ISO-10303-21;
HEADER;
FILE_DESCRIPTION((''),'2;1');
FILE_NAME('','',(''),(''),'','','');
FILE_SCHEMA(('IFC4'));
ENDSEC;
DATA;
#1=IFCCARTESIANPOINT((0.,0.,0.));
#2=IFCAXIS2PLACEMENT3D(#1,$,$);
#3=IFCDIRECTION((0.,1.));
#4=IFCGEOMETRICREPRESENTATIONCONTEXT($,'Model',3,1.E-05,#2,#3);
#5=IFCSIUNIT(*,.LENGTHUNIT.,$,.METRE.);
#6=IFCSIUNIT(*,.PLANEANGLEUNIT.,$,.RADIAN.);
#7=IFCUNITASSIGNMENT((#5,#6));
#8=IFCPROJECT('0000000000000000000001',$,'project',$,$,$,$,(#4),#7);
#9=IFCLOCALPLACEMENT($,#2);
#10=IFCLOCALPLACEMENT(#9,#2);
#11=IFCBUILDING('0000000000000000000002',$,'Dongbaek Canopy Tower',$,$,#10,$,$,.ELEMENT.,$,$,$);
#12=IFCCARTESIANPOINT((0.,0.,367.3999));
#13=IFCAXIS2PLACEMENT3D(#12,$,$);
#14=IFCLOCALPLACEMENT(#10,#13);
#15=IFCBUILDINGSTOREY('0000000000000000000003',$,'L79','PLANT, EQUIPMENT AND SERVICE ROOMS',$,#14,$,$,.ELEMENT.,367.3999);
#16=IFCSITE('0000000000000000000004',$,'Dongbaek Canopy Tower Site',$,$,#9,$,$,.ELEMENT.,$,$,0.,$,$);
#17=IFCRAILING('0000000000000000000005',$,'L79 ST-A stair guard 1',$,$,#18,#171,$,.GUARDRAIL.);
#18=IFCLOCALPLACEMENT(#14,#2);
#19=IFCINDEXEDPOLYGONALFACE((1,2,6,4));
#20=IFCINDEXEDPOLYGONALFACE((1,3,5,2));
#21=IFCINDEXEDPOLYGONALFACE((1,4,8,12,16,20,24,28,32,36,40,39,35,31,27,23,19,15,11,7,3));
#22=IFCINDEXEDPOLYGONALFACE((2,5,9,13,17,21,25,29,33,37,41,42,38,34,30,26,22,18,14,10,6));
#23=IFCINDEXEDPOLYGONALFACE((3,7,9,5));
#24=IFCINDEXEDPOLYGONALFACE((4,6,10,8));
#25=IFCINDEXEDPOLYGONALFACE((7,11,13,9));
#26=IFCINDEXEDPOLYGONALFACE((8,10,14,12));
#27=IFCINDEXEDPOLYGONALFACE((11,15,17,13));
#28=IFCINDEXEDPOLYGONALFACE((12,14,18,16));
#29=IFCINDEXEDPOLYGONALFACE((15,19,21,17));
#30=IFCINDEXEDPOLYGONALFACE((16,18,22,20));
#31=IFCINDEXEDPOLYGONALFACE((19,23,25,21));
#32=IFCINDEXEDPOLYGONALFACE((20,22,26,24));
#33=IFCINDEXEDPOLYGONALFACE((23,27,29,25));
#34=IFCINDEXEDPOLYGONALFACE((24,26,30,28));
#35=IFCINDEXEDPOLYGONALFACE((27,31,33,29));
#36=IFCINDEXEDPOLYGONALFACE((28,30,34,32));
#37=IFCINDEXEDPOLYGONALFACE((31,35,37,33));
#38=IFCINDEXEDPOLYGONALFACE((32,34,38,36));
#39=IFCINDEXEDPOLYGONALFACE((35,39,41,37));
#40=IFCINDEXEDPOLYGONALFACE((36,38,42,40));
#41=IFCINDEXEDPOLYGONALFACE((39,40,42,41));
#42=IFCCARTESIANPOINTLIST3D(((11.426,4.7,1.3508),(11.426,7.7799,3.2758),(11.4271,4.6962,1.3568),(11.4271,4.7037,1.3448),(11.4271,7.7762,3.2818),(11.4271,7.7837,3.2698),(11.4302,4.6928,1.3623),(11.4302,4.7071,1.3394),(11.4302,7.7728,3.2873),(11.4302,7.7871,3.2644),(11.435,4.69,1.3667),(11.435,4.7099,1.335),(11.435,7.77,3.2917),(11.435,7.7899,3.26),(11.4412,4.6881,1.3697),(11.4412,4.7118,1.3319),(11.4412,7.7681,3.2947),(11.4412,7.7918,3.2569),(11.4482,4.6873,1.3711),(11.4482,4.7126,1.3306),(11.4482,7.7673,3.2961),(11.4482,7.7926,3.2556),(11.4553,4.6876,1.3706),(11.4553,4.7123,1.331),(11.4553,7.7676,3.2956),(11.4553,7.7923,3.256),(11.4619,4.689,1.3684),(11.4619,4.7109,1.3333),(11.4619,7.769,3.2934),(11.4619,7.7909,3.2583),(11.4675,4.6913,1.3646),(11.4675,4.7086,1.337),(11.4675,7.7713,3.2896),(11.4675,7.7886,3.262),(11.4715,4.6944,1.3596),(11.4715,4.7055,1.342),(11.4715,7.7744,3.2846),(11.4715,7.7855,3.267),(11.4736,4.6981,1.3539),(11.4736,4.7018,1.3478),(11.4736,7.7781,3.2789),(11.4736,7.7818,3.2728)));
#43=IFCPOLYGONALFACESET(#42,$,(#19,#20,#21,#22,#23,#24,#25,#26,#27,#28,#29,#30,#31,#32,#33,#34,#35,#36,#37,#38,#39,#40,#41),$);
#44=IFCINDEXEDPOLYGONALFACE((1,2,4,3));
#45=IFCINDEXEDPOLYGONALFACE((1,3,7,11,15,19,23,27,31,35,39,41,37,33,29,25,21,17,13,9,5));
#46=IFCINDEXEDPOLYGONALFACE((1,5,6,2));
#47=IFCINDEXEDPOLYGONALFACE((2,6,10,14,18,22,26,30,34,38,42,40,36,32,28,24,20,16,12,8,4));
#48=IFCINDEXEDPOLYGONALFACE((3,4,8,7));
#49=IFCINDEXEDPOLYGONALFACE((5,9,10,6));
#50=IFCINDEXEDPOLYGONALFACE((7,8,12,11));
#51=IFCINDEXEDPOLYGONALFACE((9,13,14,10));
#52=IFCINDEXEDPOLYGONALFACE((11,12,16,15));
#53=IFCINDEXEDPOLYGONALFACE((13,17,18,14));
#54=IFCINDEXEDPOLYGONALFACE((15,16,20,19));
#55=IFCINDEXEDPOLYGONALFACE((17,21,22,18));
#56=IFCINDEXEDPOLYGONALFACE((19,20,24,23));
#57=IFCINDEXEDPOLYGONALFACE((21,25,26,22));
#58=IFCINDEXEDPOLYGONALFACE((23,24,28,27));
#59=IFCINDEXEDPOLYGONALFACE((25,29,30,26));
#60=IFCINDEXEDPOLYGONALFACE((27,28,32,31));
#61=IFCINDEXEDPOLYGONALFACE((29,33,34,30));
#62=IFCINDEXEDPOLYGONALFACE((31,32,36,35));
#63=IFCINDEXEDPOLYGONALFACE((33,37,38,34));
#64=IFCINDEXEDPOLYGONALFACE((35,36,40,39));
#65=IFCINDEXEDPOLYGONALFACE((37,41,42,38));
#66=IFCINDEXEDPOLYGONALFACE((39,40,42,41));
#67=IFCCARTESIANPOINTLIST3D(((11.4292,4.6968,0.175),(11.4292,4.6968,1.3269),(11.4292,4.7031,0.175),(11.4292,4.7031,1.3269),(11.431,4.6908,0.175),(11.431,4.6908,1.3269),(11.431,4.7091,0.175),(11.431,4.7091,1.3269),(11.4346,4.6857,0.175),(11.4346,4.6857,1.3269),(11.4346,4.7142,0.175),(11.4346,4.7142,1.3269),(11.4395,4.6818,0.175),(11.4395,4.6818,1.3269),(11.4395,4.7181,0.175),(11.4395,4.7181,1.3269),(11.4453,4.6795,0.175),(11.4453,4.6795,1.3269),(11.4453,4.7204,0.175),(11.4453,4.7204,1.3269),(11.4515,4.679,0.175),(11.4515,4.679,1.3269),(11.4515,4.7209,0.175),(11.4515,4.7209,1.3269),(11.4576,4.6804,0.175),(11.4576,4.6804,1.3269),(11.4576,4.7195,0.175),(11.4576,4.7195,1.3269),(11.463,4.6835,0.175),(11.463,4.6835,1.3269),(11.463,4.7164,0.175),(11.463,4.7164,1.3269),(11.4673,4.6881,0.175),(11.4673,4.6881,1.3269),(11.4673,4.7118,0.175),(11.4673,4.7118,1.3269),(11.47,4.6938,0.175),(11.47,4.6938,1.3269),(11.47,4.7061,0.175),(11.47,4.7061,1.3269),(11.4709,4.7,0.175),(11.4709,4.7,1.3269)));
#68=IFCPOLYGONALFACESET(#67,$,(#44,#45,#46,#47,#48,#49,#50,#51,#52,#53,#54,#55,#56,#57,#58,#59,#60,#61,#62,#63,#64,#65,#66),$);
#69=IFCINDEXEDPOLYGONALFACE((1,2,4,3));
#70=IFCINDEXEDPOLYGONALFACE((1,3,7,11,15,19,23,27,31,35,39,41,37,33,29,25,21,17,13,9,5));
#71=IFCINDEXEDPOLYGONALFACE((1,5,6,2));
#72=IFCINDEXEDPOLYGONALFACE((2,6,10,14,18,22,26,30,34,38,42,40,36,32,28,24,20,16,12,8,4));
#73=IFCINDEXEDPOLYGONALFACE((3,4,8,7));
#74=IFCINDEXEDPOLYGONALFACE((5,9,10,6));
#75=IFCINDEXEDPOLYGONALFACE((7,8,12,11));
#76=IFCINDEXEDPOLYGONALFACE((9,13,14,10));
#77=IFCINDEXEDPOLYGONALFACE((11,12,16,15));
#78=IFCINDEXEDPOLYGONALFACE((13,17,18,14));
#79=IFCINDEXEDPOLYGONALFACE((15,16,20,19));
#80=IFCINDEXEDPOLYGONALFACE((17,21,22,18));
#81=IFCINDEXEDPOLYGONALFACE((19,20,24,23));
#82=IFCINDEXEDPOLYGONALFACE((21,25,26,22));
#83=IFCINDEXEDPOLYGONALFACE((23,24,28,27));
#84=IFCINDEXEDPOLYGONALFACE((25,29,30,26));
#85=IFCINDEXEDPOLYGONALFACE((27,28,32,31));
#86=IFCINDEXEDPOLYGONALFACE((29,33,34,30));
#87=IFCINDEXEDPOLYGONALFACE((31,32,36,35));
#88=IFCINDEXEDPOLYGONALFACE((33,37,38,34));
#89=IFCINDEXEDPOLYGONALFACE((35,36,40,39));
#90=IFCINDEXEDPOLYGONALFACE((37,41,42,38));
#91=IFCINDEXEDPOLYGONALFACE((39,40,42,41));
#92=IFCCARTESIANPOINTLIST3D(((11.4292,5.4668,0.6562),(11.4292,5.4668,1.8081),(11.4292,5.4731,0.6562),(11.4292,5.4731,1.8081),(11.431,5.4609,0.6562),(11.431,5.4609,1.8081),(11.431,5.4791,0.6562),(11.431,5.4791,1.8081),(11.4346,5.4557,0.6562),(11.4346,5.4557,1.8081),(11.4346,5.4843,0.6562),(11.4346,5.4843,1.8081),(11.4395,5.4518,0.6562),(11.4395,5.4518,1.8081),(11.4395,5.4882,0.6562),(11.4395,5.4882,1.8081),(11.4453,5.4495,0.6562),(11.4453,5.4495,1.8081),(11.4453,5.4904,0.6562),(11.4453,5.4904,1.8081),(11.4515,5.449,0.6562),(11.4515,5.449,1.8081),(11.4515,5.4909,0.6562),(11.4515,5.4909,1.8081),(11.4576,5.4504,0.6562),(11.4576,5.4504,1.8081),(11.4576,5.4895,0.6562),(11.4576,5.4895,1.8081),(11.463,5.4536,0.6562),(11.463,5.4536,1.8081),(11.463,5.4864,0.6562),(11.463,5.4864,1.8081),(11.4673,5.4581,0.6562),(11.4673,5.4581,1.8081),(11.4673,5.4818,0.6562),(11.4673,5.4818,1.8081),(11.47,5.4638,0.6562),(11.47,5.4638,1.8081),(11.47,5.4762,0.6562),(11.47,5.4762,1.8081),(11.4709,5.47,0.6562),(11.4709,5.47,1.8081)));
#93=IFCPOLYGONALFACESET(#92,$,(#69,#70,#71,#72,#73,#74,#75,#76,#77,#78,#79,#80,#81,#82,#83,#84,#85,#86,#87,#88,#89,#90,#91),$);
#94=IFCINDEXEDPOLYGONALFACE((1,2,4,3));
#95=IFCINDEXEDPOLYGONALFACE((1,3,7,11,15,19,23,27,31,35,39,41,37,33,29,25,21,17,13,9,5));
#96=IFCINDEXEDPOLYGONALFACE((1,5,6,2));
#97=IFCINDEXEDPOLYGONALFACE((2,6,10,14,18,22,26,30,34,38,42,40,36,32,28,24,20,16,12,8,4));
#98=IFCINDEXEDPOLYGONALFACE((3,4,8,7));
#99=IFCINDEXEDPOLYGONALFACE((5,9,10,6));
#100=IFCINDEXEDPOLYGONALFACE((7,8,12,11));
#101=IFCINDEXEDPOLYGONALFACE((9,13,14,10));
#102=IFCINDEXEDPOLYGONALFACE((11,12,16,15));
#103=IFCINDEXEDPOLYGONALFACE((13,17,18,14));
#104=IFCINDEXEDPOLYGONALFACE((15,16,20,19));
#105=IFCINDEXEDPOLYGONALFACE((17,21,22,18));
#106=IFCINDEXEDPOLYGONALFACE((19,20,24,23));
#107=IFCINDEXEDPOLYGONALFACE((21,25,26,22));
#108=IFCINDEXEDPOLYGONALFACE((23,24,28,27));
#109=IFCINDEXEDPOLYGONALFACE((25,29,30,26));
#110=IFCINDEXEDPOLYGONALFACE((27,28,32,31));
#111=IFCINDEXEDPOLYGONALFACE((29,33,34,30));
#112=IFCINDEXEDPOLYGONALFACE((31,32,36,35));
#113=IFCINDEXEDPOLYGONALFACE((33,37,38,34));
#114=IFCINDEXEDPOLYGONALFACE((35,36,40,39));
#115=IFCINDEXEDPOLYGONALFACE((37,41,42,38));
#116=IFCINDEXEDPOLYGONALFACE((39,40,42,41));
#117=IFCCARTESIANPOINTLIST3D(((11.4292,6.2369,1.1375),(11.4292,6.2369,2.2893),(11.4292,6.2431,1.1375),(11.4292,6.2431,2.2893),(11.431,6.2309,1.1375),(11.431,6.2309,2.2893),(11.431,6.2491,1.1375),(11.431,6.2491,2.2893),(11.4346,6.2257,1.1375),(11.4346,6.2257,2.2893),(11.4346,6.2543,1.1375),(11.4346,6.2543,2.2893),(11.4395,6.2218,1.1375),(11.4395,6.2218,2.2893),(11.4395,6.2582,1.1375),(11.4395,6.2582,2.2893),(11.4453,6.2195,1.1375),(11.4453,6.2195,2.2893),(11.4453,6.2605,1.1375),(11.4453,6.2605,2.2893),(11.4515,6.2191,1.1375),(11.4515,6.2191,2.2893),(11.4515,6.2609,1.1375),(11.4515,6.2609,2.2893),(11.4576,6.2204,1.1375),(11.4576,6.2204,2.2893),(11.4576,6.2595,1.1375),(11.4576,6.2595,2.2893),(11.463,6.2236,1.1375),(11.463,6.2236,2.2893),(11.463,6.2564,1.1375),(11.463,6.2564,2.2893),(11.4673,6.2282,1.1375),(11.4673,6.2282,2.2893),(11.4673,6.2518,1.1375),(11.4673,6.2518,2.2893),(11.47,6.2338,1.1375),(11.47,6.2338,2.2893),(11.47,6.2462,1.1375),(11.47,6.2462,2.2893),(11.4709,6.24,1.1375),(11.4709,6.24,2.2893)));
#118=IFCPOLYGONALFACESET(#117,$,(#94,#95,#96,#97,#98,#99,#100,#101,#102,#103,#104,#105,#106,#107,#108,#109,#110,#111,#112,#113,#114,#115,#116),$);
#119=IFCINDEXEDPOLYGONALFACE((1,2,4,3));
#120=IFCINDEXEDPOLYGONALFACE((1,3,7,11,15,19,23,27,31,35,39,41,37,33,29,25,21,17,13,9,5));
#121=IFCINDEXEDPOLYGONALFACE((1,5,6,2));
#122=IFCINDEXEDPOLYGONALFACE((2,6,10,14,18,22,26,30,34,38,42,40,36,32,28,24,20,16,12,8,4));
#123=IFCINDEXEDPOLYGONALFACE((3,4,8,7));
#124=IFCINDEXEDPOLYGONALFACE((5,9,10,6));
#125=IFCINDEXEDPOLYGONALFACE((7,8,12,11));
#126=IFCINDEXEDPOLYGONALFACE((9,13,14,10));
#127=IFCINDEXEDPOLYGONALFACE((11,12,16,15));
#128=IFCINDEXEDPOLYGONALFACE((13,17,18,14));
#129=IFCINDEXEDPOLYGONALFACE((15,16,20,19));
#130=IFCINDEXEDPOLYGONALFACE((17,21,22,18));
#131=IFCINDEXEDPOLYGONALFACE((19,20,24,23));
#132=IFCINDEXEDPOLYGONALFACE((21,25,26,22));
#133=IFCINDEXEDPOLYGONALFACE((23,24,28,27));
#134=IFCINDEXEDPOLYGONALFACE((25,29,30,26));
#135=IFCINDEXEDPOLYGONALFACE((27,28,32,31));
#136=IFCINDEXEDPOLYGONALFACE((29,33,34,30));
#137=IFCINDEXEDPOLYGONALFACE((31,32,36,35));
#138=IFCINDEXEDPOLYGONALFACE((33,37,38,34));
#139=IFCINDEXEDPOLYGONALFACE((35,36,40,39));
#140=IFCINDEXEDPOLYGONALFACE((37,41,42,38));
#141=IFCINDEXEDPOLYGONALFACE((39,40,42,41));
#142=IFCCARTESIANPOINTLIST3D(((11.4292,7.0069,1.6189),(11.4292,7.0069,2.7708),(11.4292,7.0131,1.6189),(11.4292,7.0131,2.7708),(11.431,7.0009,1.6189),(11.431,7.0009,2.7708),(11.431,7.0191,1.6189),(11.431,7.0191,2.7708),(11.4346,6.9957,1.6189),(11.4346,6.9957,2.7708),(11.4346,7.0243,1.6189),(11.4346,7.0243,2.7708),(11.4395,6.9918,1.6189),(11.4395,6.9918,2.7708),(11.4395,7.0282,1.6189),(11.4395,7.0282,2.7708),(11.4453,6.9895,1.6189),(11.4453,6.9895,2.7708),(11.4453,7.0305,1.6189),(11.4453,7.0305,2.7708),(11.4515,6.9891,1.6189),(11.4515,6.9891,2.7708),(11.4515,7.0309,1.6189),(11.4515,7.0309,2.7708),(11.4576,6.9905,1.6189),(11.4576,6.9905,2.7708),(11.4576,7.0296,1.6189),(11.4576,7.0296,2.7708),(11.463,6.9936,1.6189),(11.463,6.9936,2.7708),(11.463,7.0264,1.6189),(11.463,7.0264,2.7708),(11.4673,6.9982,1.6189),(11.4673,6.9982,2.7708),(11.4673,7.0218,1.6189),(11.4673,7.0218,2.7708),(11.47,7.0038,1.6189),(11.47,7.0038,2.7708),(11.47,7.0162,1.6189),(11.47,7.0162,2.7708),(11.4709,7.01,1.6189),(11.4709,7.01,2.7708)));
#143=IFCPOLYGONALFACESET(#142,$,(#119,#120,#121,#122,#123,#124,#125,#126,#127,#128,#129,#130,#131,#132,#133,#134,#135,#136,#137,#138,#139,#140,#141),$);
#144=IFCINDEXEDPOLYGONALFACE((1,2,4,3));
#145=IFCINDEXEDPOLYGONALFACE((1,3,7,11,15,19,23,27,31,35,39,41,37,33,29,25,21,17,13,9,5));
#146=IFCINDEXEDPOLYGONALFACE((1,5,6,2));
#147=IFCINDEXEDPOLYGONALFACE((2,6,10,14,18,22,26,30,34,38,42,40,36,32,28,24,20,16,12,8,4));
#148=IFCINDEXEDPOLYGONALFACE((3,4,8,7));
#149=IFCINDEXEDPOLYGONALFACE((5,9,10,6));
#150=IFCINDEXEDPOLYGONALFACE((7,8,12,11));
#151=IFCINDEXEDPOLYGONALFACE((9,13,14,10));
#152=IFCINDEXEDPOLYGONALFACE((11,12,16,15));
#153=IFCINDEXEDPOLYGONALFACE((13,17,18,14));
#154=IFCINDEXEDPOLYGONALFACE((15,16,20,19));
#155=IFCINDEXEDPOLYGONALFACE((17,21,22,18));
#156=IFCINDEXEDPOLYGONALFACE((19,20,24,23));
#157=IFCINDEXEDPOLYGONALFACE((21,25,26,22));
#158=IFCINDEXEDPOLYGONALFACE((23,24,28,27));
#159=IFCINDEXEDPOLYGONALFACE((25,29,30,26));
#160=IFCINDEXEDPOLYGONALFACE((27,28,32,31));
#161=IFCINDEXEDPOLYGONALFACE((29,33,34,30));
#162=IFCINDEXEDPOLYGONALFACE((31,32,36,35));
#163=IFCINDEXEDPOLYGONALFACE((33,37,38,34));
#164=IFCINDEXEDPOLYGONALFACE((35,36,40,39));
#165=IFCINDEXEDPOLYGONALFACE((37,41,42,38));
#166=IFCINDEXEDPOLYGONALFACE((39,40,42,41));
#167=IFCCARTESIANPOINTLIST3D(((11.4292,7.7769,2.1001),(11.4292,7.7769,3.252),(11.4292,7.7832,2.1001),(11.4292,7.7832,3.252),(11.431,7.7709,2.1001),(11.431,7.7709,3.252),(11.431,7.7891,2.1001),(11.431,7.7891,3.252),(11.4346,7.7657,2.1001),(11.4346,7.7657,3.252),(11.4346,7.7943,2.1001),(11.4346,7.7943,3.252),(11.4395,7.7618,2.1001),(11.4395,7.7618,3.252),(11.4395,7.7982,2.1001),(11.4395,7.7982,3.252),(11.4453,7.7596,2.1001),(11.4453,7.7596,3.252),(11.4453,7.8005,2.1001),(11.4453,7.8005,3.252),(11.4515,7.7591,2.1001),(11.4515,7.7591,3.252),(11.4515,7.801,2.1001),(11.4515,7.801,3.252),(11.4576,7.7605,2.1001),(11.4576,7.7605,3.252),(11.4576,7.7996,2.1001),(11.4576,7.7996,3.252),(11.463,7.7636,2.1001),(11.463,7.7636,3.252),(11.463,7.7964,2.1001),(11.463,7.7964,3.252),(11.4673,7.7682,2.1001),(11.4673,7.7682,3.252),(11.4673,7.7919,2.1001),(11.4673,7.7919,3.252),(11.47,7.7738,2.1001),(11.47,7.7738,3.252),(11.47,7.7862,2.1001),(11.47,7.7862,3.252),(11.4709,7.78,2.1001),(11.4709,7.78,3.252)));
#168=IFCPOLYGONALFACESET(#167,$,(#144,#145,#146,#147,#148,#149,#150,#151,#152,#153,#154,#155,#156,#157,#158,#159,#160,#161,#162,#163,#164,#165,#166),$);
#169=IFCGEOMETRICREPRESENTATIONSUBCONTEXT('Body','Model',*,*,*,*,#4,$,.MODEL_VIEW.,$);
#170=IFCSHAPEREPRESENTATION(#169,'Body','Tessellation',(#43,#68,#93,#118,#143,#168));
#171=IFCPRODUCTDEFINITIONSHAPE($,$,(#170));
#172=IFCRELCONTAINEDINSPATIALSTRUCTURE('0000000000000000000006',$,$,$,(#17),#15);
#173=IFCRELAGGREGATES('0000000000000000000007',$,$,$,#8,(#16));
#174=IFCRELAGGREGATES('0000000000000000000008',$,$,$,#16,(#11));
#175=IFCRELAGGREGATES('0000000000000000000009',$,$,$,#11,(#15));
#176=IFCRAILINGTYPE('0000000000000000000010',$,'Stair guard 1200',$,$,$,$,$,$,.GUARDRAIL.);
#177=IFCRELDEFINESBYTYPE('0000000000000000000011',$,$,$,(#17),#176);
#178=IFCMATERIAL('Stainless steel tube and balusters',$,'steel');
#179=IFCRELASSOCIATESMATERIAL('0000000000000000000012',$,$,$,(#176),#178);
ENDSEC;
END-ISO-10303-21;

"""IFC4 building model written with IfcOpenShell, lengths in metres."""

from ifc_helpers import new_model, si_unit, direction, frame, origin, origin_2d, place, context, subcontext, project, spatial, circle, extrude, material, type_object, element, save


model = new_model("IFC4")

# Units and contexts
model_context = context("Model", 3, precision=1e-05, world=origin(), true_north=direction((0.0, 1.0)))
body_context = subcontext(model_context, "Body", "Model", "MODEL_VIEW")
ifc_project = project(units=[si_unit("LENGTHUNIT", "METRE"), si_unit("PLANEANGLEUNIT", "RADIAN")], contexts=[model_context])

# Site, building, storey
site_placement = place(None, origin())
site = spatial("IfcSite", under=ifc_project, at=site_placement, Name="Dongbaek Canopy Tower Site", CompositionType="ELEMENT", RefElevation=0.0)
building_placement = place(site_placement, origin())
building = spatial("IfcBuilding", under=site, at=building_placement, Name="Dongbaek Canopy Tower", CompositionType="ELEMENT")
storey_placement = place(building_placement, frame((0.0, 0.0, 367.3999)))
storey = spatial("IfcBuildingStorey", under=building, at=storey_placement, Name="L79", Description="PLANT, EQUIPMENT AND SERVICE ROOMS", CompositionType="ELEMENT", Elevation=367.3999)

# Railing
ifc_material_1 = material(Name="Stainless steel tube and balusters", Category="steel")
railing_type_1 = type_object("IfcRailingType", Name="Stair guard 1200", PredefinedType="GUARDRAIL", material=ifc_material_1)
railing_1_placement = place(storey_placement, frame((11.45, 4.7, 0.175)))
element("IfcRailing", 1, at=railing_1_placement, inside=storey, type_object=railing_type_1, Name="L79 ST-A stair guard 1", PredefinedType="GUARDRAIL", context=body_context, shape_type="SweptSolid", body=[
    extrude(circle(Radius=0.0239, at=origin_2d()), frame((0.0, 0.0, 1.1758), z_axis=(0.0, 0.847998, 0.529999), x_axis=(-1.0, 0.0, 0.0)), (0.0, 0.0, 1.0), 3.6321),
    extrude(circle(Radius=0.021, at=origin_2d()), origin(), (0.0, 0.0, 1.0), 1.1519),
    extrude(circle(Radius=0.021, at=origin_2d()), frame((0.0, 0.77, 0.4812)), (0.0, 0.0, 1.0), 1.1519),
    extrude(circle(Radius=0.021, at=origin_2d()), frame((0.0, 1.54, 0.9624)), (0.0, 0.0, 1.0), 1.1519),
    extrude(circle(Radius=0.021, at=origin_2d()), frame((0.0, 2.3101, 1.4438)), (0.0, 0.0, 1.0), 1.1519),
    extrude(circle(Radius=0.021, at=origin_2d()), frame((0.0, 3.0801, 1.925)), (0.0, 0.0, 1.0), 1.1519),
])

save(model, "model.ifc")
